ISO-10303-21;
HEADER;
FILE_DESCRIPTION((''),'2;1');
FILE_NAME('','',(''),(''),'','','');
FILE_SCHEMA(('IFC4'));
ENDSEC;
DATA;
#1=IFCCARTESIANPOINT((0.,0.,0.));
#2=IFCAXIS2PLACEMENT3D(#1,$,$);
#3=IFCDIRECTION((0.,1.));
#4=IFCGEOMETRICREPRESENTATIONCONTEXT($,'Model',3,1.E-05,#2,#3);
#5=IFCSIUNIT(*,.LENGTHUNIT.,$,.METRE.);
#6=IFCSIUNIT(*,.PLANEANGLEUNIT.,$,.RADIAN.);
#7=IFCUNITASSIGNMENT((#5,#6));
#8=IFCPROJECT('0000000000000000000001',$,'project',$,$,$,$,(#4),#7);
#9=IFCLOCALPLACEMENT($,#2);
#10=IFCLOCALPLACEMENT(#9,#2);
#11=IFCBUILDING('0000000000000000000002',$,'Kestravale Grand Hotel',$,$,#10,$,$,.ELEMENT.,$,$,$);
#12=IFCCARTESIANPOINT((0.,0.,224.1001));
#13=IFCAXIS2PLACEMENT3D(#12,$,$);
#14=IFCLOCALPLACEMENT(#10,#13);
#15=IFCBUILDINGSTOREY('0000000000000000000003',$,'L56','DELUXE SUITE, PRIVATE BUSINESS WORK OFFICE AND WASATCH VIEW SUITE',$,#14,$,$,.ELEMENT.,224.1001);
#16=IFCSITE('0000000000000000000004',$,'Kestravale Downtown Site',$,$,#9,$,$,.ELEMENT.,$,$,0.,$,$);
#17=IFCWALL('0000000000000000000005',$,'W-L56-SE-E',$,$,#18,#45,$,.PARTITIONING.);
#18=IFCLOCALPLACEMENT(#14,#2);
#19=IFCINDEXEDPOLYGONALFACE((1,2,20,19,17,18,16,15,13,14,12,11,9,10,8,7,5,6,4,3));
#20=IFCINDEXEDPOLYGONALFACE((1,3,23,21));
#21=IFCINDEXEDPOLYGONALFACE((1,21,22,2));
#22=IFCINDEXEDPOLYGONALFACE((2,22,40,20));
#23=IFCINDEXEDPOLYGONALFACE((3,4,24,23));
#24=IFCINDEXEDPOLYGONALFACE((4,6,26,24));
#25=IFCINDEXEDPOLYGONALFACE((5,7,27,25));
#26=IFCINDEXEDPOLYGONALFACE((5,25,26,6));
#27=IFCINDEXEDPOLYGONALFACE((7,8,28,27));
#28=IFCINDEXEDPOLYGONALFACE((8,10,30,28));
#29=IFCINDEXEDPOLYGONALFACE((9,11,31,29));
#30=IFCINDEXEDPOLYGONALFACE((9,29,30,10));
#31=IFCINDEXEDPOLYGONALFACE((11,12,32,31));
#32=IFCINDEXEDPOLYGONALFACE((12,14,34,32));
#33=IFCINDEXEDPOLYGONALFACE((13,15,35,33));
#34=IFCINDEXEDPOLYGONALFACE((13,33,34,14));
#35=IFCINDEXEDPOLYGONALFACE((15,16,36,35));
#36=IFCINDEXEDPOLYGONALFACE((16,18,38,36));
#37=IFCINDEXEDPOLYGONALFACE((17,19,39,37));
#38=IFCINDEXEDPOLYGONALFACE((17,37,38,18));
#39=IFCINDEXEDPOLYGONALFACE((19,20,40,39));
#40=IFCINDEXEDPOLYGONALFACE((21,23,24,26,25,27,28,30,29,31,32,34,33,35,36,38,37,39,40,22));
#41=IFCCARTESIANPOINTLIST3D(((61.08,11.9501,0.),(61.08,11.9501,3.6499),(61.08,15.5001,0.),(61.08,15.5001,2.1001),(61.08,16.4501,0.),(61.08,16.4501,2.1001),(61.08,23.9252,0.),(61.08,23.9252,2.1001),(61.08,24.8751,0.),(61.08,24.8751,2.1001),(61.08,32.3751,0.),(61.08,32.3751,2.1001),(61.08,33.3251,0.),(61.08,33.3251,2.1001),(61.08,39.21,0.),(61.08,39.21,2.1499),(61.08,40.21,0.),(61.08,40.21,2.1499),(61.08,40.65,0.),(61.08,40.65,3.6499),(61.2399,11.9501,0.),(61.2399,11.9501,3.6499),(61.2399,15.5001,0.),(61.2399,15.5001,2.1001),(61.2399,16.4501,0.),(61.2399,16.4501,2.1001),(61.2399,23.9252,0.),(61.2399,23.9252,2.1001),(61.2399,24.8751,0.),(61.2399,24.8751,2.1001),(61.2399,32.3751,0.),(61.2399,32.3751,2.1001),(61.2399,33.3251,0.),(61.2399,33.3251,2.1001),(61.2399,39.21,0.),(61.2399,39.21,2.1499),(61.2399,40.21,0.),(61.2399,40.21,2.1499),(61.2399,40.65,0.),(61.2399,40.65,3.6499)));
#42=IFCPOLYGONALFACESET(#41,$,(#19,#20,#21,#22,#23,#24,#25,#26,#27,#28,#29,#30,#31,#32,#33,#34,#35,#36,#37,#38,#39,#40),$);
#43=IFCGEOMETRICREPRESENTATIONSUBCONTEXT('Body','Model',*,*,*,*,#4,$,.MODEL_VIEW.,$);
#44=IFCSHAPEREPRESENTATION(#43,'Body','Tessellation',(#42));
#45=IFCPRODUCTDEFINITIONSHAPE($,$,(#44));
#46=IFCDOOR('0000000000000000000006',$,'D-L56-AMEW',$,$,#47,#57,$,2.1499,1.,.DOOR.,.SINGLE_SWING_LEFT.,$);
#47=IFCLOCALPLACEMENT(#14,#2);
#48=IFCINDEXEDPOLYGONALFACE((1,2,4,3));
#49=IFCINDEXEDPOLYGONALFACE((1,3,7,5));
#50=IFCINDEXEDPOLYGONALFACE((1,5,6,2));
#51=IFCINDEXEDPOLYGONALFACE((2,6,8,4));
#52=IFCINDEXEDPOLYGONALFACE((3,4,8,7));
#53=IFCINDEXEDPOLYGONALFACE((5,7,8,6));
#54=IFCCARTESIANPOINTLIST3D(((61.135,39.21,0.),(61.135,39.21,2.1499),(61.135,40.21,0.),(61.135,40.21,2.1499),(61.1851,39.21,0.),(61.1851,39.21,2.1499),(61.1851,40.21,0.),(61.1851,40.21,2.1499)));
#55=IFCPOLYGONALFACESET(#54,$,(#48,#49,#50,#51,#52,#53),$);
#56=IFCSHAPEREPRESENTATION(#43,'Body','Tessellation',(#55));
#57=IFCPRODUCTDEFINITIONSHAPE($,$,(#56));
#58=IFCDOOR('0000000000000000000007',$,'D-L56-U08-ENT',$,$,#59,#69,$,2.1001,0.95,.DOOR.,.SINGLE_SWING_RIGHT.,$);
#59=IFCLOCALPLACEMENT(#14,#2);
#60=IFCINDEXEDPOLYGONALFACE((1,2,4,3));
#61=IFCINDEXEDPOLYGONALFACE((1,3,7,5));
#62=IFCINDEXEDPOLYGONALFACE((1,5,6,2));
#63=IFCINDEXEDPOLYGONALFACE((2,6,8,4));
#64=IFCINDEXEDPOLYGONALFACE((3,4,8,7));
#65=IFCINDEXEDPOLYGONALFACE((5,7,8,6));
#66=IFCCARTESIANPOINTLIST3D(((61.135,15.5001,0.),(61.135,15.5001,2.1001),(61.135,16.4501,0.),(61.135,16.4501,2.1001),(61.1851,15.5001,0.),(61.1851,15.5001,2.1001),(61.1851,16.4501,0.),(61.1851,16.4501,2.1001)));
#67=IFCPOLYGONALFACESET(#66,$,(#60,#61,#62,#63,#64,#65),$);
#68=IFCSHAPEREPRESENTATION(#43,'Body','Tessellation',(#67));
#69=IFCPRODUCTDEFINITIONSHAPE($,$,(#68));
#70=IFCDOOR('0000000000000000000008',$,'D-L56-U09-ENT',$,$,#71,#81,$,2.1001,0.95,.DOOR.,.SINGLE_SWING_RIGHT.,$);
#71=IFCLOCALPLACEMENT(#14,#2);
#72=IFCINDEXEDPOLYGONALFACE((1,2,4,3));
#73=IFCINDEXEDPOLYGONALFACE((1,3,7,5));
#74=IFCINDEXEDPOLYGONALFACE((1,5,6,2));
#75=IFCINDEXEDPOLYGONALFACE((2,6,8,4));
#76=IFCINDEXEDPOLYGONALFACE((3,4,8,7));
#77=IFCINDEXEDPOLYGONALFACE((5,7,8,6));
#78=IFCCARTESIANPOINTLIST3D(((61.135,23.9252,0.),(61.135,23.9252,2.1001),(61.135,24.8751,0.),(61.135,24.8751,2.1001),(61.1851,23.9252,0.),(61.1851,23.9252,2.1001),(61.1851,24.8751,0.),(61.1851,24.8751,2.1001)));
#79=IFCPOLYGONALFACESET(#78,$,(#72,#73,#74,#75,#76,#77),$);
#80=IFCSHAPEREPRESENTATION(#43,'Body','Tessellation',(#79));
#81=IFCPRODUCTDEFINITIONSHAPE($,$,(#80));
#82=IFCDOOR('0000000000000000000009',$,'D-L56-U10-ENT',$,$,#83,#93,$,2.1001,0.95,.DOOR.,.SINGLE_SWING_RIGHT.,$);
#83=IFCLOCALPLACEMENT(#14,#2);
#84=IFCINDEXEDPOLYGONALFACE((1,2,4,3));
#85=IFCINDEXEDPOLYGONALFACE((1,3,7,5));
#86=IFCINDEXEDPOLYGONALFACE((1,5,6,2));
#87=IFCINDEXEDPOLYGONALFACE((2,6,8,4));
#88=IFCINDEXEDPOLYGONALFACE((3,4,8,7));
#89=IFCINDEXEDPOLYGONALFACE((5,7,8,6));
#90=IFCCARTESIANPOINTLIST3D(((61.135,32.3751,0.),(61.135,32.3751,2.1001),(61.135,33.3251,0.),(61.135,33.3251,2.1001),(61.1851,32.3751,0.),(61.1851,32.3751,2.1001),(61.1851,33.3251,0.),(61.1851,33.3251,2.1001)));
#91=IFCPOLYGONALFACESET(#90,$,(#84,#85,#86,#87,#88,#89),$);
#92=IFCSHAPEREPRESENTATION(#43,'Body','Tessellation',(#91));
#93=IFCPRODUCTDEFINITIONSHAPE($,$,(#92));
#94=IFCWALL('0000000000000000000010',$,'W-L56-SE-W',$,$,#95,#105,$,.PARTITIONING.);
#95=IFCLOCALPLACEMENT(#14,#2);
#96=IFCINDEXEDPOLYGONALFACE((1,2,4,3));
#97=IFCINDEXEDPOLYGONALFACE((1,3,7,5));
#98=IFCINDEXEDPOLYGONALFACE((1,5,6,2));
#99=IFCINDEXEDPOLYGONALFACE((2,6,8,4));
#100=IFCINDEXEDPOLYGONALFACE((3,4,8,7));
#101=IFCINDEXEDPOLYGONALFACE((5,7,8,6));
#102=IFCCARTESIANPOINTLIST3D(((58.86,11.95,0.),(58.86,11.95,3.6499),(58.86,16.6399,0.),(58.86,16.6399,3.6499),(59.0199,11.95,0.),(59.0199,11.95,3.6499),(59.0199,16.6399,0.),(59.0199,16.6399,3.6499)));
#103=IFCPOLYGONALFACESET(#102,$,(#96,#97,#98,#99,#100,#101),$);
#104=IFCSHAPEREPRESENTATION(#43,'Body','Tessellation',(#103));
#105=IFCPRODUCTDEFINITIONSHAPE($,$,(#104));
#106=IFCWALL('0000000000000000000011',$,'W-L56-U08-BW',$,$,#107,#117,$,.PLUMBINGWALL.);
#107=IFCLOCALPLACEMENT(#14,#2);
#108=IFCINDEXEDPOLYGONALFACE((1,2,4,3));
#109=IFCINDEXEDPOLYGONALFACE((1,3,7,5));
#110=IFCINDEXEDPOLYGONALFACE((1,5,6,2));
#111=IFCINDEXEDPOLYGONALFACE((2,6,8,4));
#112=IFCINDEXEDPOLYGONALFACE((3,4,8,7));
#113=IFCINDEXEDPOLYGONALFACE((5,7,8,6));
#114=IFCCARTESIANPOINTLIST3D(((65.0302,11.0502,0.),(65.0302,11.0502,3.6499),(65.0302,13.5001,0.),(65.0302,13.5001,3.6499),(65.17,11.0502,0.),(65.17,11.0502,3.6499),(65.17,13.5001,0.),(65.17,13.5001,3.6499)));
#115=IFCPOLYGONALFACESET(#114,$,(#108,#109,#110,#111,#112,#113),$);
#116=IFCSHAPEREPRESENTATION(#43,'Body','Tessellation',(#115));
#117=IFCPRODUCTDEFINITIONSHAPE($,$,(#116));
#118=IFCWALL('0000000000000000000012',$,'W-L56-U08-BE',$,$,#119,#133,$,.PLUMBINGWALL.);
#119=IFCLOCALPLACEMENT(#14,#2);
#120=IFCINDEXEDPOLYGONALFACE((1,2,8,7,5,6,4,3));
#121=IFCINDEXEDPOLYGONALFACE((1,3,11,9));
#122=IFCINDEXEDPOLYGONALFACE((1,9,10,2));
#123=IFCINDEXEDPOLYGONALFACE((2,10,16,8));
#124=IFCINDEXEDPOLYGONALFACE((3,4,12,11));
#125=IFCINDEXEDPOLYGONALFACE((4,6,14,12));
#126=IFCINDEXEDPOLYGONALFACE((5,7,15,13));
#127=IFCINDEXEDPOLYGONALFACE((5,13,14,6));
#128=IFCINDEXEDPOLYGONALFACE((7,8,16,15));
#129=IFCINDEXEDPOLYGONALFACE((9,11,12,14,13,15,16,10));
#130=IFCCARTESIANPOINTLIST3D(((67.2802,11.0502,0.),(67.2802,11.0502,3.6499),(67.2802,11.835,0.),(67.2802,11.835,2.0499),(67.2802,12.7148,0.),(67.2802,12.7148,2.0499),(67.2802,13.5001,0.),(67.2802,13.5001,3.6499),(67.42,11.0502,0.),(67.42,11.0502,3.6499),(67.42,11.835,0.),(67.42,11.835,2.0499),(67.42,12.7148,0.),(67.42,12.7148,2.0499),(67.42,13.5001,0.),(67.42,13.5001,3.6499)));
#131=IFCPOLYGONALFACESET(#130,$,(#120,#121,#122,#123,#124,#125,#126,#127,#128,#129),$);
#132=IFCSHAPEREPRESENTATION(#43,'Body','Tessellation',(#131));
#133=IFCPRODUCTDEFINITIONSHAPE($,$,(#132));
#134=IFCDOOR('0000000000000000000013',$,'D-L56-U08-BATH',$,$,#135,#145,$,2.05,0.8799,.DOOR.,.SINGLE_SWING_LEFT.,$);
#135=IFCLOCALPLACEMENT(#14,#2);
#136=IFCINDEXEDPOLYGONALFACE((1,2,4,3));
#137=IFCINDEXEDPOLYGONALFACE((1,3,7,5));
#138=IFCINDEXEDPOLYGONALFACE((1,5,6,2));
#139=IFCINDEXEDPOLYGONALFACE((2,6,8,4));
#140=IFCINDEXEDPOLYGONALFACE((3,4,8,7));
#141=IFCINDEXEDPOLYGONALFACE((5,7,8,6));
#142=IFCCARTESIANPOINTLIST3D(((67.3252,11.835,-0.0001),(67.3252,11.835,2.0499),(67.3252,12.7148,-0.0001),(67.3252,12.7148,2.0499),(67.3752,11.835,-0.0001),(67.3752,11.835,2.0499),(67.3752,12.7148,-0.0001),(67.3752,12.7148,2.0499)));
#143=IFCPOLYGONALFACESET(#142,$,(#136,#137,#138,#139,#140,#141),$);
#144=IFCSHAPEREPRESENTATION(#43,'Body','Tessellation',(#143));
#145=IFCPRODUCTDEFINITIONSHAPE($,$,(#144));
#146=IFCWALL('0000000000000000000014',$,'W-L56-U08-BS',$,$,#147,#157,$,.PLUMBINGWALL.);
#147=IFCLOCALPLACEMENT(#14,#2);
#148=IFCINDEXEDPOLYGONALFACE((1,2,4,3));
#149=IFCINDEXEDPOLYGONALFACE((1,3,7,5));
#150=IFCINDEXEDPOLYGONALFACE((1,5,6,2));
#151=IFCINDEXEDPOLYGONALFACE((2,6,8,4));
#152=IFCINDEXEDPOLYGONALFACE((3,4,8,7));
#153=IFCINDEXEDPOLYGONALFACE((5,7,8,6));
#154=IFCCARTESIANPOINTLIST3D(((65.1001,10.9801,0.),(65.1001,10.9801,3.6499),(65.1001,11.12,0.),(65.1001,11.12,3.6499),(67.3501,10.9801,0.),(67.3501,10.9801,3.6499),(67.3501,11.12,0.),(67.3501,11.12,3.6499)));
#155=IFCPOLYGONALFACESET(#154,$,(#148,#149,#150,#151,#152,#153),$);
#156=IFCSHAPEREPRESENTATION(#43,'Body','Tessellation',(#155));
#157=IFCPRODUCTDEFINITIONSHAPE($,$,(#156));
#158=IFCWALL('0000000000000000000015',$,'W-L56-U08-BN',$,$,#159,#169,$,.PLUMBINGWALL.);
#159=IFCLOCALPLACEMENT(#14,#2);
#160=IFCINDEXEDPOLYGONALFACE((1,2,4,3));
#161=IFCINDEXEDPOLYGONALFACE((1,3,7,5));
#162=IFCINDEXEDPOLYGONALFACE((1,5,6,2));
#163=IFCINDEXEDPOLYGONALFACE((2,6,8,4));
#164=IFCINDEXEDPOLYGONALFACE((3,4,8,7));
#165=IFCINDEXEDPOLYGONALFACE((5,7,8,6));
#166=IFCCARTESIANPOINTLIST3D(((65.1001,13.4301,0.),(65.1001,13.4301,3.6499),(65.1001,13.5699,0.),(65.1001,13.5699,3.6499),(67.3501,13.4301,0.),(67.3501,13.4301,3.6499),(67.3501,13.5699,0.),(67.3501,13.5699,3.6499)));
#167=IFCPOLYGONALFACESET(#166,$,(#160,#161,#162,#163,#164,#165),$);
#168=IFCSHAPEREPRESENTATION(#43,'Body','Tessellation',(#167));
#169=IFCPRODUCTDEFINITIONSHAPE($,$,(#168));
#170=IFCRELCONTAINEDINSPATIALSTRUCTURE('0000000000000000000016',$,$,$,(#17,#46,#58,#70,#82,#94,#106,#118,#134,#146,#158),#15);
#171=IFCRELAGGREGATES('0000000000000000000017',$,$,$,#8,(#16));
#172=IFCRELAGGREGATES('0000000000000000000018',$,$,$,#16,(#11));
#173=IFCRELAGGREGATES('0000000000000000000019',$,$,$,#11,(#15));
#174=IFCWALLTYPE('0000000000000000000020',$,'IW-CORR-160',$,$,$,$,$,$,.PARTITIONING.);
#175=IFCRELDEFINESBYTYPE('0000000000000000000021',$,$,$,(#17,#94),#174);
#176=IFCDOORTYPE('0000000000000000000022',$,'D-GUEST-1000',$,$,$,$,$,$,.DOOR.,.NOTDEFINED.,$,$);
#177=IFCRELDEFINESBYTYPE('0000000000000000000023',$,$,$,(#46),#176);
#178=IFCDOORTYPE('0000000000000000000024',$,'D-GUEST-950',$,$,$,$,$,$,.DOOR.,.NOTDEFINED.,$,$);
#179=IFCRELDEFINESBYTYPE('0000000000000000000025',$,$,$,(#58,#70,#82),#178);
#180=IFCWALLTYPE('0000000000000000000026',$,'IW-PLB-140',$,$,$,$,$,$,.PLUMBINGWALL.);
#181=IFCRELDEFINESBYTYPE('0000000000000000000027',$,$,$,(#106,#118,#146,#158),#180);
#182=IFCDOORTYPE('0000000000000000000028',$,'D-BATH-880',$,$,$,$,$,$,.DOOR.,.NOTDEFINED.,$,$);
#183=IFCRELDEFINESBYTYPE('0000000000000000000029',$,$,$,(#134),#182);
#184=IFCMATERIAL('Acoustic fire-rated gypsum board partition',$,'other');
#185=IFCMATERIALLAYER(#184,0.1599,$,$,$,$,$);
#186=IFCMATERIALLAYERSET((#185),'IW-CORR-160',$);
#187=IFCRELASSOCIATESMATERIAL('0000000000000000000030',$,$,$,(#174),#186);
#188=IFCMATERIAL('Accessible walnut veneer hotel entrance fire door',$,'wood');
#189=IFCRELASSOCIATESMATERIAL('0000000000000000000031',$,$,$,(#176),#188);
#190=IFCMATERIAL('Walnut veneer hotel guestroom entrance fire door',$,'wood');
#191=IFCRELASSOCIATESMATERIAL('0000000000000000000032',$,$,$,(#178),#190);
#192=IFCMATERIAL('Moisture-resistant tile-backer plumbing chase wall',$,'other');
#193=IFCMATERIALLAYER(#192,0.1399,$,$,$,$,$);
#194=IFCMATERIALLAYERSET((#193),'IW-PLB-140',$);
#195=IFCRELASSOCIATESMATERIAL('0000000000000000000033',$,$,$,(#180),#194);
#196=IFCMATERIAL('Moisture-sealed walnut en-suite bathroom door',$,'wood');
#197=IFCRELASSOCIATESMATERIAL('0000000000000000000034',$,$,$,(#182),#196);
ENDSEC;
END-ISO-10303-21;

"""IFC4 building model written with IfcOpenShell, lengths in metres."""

from ifc_helpers import new_model, si_unit, direction, frame, frame_2d, origin, place, context, subcontext, project, spatial, rectangle, extrude, material, layer, layer_set, type_object, element, fill, save


model = new_model("IFC4")

# Units and contexts
model_context = context("Model", 3, precision=1e-05, world=origin(), true_north=direction((0.0, 1.0)))
body_context = subcontext(model_context, "Body", "Model", "MODEL_VIEW")
ifc_project = project(units=[si_unit("LENGTHUNIT", "METRE"), si_unit("PLANEANGLEUNIT", "RADIAN")], contexts=[model_context])

# Site, building, storey
site_placement = place(None, origin())
site = spatial("IfcSite", under=ifc_project, at=site_placement, Name="Kestravale Downtown Site", CompositionType="ELEMENT", RefElevation=0.0)
building_placement = place(site_placement, origin())
building = spatial("IfcBuilding", under=site, at=building_placement, Name="Kestravale Grand Hotel", CompositionType="ELEMENT")
storey_placement = place(building_placement, frame((0.0, 0.0, 224.1001)))
storey = spatial("IfcBuildingStorey", under=building, at=storey_placement, Name="L56", Description="DELUXE SUITE, PRIVATE BUSINESS WORK OFFICE AND WASATCH VIEW SUITE", CompositionType="ELEMENT", Elevation=224.1001)

# Wall, openings, doors
ifc_material_1 = material(Name="Acoustic fire-rated gypsum board partition", Category="other")
ifc_layer_1 = layer(ifc_material_1, 0.1599)
ifc_layer_set_1 = layer_set([ifc_layer_1], Name="IW-CORR-160")
wall_type_1 = type_object("IfcWallType", Name="IW-CORR-160", PredefinedType="PARTITIONING", material=ifc_layer_set_1)
wall_1_placement = place(storey_placement, frame((61.1599, 11.95, 0.0), z_axis=(0.0, 0.0, 1.0), x_axis=(0.0, 1.0, 0.0)))
wall_1 = element("IfcWall", 1, at=wall_1_placement, inside=storey, type_object=wall_type_1, Name="W-L56-SE-E", PredefinedType="PARTITIONING", context=body_context, shape_type="SweptSolid", body=[
    extrude(rectangle(XDim=28.7, YDim=0.1599, at=frame_2d((14.3501, 0.0))), origin(), (0.0, 0.0, 1.0), 3.6499),
])
opening_1_placement = place(wall_1_placement, frame((3.55, 0.0, 0.0)))
opening_1 = element("IfcOpeningElement", 2, at=opening_1_placement, cuts=wall_1, PredefinedType="OPENING", context=body_context, shape_type="SweptSolid", body=[
    extrude(rectangle(XDim=0.95, YDim=2.1001, at=frame_2d((0.4751, 1.05))), frame((0.0, 0.0898, 0.0), z_axis=(0.0, -1.0, 0.0), x_axis=(1.0, 0.0, 0.0)), (0.0, 0.0, 1.0), 0.1799),
])
opening_2_placement = place(wall_1_placement, frame((11.9751, 0.0, 0.0)))
opening_2 = element("IfcOpeningElement", 3, at=opening_2_placement, cuts=wall_1, PredefinedType="OPENING", context=body_context, shape_type="SweptSolid", body=[
    extrude(rectangle(XDim=0.95, YDim=2.1001, at=frame_2d((0.4751, 1.05))), frame((0.0, 0.0898, 0.0), z_axis=(0.0, -1.0, 0.0), x_axis=(1.0, 0.0, 0.0)), (0.0, 0.0, 1.0), 0.1799),
])
opening_3_placement = place(wall_1_placement, frame((20.425, 0.0, 0.0)))
opening_3 = element("IfcOpeningElement", 4, at=opening_3_placement, cuts=wall_1, PredefinedType="OPENING", context=body_context, shape_type="SweptSolid", body=[
    extrude(rectangle(XDim=0.95, YDim=2.1001, at=frame_2d((0.4751, 1.05))), frame((0.0, 0.0898, 0.0), z_axis=(0.0, -1.0, 0.0), x_axis=(1.0, 0.0, 0.0)), (0.0, 0.0, 1.0), 0.1799),
])
opening_4_placement = place(wall_1_placement, frame((27.26, 0.0, 0.0)))
opening_4 = element("IfcOpeningElement", 5, at=opening_4_placement, cuts=wall_1, PredefinedType="OPENING", context=body_context, shape_type="SweptSolid", body=[
    extrude(rectangle(XDim=1.0, YDim=2.1499, at=frame_2d((0.5, 1.075))), frame((0.0, 0.0898, 0.0), z_axis=(0.0, -1.0, 0.0), x_axis=(1.0, 0.0, 0.0)), (0.0, 0.0, 1.0), 0.1799),
])
ifc_material_2 = material(Name="Accessible walnut veneer hotel entrance fire door", Category="wood")
door_type_1 = type_object("IfcDoorType", Name="D-GUEST-1000", OperationType="NOTDEFINED", PredefinedType="DOOR", material=ifc_material_2)
door_1_placement = place(opening_4_placement, origin())
door_1 = element("IfcDoor", 6, at=door_1_placement, inside=storey, type_object=door_type_1, Name="D-L56-AMEW", OperationType="SINGLE_SWING_LEFT", OverallHeight=2.1499, OverallWidth=1.0, PredefinedType="DOOR", context=body_context, shape_type="SweptSolid", body=[
    extrude(rectangle(XDim=1.0, YDim=2.1499, at=frame_2d((0.5, 1.075))), frame((0.0, 0.0249, 0.0), z_axis=(0.0, -1.0, 0.0), x_axis=(1.0, 0.0, 0.0)), (0.0, 0.0, 1.0), 0.05),
])
fill(opening_4, door_1)
ifc_material_3 = material(Name="Walnut veneer hotel guestroom entrance fire door", Category="wood")
door_type_2 = type_object("IfcDoorType", Name="D-GUEST-950", OperationType="NOTDEFINED", PredefinedType="DOOR", material=ifc_material_3)
door_2_placement = place(opening_1_placement, origin())
door_2 = element("IfcDoor", 7, at=door_2_placement, inside=storey, type_object=door_type_2, Name="D-L56-U08-ENT", OperationType="SINGLE_SWING_RIGHT", OverallHeight=2.1001, OverallWidth=0.95, PredefinedType="DOOR", context=body_context, shape_type="SweptSolid", body=[
    extrude(rectangle(XDim=0.95, YDim=2.1001, at=frame_2d((0.4751, 1.05))), frame((0.0, 0.0249, 0.0), z_axis=(0.0, -1.0, 0.0), x_axis=(1.0, 0.0, 0.0)), (0.0, 0.0, 1.0), 0.05),
])
fill(opening_1, door_2)
door_3_placement = place(opening_2_placement, origin())
door_3 = element("IfcDoor", 8, at=door_3_placement, inside=storey, type_object=door_type_2, Name="D-L56-U09-ENT", OperationType="SINGLE_SWING_RIGHT", OverallHeight=2.1001, OverallWidth=0.95, PredefinedType="DOOR", context=body_context, shape_type="SweptSolid", body=[
    extrude(rectangle(XDim=0.95, YDim=2.1001, at=frame_2d((0.4751, 1.05))), frame((0.0, 0.0249, 0.0), z_axis=(0.0, -1.0, 0.0), x_axis=(1.0, 0.0, 0.0)), (0.0, 0.0, 1.0), 0.05),
])
fill(opening_2, door_3)
door_4_placement = place(opening_3_placement, origin())
door_4 = element("IfcDoor", 9, at=door_4_placement, inside=storey, type_object=door_type_2, Name="D-L56-U10-ENT", OperationType="SINGLE_SWING_RIGHT", OverallHeight=2.1001, OverallWidth=0.95, PredefinedType="DOOR", context=body_context, shape_type="SweptSolid", body=[
    extrude(rectangle(XDim=0.95, YDim=2.1001, at=frame_2d((0.4751, 1.05))), frame((0.0, 0.0249, 0.0), z_axis=(0.0, -1.0, 0.0), x_axis=(1.0, 0.0, 0.0)), (0.0, 0.0, 1.0), 0.05),
])
fill(opening_3, door_4)

# Walls
wall_2_placement = place(storey_placement, frame((58.9399, 11.95, 0.0), z_axis=(0.0, 0.0, 1.0), x_axis=(0.0, 1.0, 0.0)))
element("IfcWall", 10, at=wall_2_placement, inside=storey, type_object=wall_type_1, Name="W-L56-SE-W", PredefinedType="PARTITIONING", context=body_context, shape_type="SweptSolid", body=[
    extrude(rectangle(XDim=4.6899, YDim=0.1599, at=frame_2d((2.345, 0.0))), origin(), (0.0, 0.0, 1.0), 3.6499),
])
ifc_material_4 = material(Name="Moisture-resistant tile-backer plumbing chase wall", Category="other")
ifc_layer_2 = layer(ifc_material_4, 0.1399)
ifc_layer_set_2 = layer_set([ifc_layer_2], Name="IW-PLB-140")
wall_type_2 = type_object("IfcWallType", Name="IW-PLB-140", PredefinedType="PLUMBINGWALL", material=ifc_layer_set_2)
wall_3_placement = place(storey_placement, frame((65.1001, 11.05, 0.0), z_axis=(0.0, 0.0, 1.0), x_axis=(0.0, 1.0, 0.0)))
element("IfcWall", 11, at=wall_3_placement, inside=storey, type_object=wall_type_2, Name="W-L56-U08-BW", PredefinedType="PLUMBINGWALL", context=body_context, shape_type="SweptSolid", body=[
    extrude(rectangle(XDim=2.45, YDim=0.1399, at=frame_2d((1.2251, 0.0))), origin(), (0.0, 0.0, 1.0), 3.6499),
])

# Wall, opening, door
wall_4_placement = place(storey_placement, frame((67.3501, 11.05, 0.0), z_axis=(0.0, 0.0, 1.0), x_axis=(0.0, 1.0, 0.0)))
wall_4 = element("IfcWall", 12, at=wall_4_placement, inside=storey, type_object=wall_type_2, Name="W-L56-U08-BE", PredefinedType="PLUMBINGWALL", context=body_context, shape_type="SweptSolid", body=[
    extrude(rectangle(XDim=2.45, YDim=0.1399, at=frame_2d((1.2251, 0.0))), origin(), (0.0, 0.0, 1.0), 3.6499),
])
opening_5_placement = place(wall_4_placement, frame((0.7849, 0.0, 0.0)))
opening_5 = element("IfcOpeningElement", 13, at=opening_5_placement, cuts=wall_4, PredefinedType="OPENING", context=body_context, shape_type="SweptSolid", body=[
    extrude(rectangle(XDim=0.8799, YDim=2.05, at=frame_2d((0.4399, 1.0249))), frame((0.0, 0.0798, 0.0), z_axis=(0.0, -1.0, 0.0), x_axis=(1.0, 0.0, 0.0)), (0.0, 0.0, 1.0), 0.1599),
])
ifc_material_5 = material(Name="Moisture-sealed walnut en-suite bathroom door", Category="wood")
door_type_3 = type_object("IfcDoorType", Name="D-BATH-880", OperationType="NOTDEFINED", PredefinedType="DOOR", material=ifc_material_5)
door_5_placement = place(opening_5_placement, origin())
door_5 = element("IfcDoor", 14, at=door_5_placement, inside=storey, type_object=door_type_3, Name="D-L56-U08-BATH", OperationType="SINGLE_SWING_LEFT", OverallHeight=2.05, OverallWidth=0.8799, PredefinedType="DOOR", context=body_context, shape_type="SweptSolid", body=[
    extrude(rectangle(XDim=0.8799, YDim=2.05, at=frame_2d((0.4399, 1.0249))), frame((0.0, 0.0249, 0.0), z_axis=(0.0, -1.0, 0.0), x_axis=(1.0, 0.0, 0.0)), (0.0, 0.0, 1.0), 0.05),
])
fill(opening_5, door_5)

# Walls
for number, where, z_axis, x_axis, name in (
    (15, (65.1001, 11.05, 0.0), (0.0, 0.0, 1.0), (1.0, 0.0, 0.0), "W-L56-U08-BS"),
    (16, (65.1001, 13.5, 0.0), (0.0, 0.0, 1.0), (1.0, 0.0, 0.0), "W-L56-U08-BN"),
):
    element("IfcWall", number, at=place(storey_placement, frame(where, z_axis=z_axis, x_axis=x_axis)), inside=storey, type_object=wall_type_2, Name=name, PredefinedType="PLUMBINGWALL", context=body_context, shape_type="SweptSolid", body=[
        extrude(rectangle(XDim=2.25, YDim=0.1399, at=frame_2d((1.125, 0.0))), origin(), (0.0, 0.0, 1.0), 3.6499),
    ])

save(model, "model.ifc")
